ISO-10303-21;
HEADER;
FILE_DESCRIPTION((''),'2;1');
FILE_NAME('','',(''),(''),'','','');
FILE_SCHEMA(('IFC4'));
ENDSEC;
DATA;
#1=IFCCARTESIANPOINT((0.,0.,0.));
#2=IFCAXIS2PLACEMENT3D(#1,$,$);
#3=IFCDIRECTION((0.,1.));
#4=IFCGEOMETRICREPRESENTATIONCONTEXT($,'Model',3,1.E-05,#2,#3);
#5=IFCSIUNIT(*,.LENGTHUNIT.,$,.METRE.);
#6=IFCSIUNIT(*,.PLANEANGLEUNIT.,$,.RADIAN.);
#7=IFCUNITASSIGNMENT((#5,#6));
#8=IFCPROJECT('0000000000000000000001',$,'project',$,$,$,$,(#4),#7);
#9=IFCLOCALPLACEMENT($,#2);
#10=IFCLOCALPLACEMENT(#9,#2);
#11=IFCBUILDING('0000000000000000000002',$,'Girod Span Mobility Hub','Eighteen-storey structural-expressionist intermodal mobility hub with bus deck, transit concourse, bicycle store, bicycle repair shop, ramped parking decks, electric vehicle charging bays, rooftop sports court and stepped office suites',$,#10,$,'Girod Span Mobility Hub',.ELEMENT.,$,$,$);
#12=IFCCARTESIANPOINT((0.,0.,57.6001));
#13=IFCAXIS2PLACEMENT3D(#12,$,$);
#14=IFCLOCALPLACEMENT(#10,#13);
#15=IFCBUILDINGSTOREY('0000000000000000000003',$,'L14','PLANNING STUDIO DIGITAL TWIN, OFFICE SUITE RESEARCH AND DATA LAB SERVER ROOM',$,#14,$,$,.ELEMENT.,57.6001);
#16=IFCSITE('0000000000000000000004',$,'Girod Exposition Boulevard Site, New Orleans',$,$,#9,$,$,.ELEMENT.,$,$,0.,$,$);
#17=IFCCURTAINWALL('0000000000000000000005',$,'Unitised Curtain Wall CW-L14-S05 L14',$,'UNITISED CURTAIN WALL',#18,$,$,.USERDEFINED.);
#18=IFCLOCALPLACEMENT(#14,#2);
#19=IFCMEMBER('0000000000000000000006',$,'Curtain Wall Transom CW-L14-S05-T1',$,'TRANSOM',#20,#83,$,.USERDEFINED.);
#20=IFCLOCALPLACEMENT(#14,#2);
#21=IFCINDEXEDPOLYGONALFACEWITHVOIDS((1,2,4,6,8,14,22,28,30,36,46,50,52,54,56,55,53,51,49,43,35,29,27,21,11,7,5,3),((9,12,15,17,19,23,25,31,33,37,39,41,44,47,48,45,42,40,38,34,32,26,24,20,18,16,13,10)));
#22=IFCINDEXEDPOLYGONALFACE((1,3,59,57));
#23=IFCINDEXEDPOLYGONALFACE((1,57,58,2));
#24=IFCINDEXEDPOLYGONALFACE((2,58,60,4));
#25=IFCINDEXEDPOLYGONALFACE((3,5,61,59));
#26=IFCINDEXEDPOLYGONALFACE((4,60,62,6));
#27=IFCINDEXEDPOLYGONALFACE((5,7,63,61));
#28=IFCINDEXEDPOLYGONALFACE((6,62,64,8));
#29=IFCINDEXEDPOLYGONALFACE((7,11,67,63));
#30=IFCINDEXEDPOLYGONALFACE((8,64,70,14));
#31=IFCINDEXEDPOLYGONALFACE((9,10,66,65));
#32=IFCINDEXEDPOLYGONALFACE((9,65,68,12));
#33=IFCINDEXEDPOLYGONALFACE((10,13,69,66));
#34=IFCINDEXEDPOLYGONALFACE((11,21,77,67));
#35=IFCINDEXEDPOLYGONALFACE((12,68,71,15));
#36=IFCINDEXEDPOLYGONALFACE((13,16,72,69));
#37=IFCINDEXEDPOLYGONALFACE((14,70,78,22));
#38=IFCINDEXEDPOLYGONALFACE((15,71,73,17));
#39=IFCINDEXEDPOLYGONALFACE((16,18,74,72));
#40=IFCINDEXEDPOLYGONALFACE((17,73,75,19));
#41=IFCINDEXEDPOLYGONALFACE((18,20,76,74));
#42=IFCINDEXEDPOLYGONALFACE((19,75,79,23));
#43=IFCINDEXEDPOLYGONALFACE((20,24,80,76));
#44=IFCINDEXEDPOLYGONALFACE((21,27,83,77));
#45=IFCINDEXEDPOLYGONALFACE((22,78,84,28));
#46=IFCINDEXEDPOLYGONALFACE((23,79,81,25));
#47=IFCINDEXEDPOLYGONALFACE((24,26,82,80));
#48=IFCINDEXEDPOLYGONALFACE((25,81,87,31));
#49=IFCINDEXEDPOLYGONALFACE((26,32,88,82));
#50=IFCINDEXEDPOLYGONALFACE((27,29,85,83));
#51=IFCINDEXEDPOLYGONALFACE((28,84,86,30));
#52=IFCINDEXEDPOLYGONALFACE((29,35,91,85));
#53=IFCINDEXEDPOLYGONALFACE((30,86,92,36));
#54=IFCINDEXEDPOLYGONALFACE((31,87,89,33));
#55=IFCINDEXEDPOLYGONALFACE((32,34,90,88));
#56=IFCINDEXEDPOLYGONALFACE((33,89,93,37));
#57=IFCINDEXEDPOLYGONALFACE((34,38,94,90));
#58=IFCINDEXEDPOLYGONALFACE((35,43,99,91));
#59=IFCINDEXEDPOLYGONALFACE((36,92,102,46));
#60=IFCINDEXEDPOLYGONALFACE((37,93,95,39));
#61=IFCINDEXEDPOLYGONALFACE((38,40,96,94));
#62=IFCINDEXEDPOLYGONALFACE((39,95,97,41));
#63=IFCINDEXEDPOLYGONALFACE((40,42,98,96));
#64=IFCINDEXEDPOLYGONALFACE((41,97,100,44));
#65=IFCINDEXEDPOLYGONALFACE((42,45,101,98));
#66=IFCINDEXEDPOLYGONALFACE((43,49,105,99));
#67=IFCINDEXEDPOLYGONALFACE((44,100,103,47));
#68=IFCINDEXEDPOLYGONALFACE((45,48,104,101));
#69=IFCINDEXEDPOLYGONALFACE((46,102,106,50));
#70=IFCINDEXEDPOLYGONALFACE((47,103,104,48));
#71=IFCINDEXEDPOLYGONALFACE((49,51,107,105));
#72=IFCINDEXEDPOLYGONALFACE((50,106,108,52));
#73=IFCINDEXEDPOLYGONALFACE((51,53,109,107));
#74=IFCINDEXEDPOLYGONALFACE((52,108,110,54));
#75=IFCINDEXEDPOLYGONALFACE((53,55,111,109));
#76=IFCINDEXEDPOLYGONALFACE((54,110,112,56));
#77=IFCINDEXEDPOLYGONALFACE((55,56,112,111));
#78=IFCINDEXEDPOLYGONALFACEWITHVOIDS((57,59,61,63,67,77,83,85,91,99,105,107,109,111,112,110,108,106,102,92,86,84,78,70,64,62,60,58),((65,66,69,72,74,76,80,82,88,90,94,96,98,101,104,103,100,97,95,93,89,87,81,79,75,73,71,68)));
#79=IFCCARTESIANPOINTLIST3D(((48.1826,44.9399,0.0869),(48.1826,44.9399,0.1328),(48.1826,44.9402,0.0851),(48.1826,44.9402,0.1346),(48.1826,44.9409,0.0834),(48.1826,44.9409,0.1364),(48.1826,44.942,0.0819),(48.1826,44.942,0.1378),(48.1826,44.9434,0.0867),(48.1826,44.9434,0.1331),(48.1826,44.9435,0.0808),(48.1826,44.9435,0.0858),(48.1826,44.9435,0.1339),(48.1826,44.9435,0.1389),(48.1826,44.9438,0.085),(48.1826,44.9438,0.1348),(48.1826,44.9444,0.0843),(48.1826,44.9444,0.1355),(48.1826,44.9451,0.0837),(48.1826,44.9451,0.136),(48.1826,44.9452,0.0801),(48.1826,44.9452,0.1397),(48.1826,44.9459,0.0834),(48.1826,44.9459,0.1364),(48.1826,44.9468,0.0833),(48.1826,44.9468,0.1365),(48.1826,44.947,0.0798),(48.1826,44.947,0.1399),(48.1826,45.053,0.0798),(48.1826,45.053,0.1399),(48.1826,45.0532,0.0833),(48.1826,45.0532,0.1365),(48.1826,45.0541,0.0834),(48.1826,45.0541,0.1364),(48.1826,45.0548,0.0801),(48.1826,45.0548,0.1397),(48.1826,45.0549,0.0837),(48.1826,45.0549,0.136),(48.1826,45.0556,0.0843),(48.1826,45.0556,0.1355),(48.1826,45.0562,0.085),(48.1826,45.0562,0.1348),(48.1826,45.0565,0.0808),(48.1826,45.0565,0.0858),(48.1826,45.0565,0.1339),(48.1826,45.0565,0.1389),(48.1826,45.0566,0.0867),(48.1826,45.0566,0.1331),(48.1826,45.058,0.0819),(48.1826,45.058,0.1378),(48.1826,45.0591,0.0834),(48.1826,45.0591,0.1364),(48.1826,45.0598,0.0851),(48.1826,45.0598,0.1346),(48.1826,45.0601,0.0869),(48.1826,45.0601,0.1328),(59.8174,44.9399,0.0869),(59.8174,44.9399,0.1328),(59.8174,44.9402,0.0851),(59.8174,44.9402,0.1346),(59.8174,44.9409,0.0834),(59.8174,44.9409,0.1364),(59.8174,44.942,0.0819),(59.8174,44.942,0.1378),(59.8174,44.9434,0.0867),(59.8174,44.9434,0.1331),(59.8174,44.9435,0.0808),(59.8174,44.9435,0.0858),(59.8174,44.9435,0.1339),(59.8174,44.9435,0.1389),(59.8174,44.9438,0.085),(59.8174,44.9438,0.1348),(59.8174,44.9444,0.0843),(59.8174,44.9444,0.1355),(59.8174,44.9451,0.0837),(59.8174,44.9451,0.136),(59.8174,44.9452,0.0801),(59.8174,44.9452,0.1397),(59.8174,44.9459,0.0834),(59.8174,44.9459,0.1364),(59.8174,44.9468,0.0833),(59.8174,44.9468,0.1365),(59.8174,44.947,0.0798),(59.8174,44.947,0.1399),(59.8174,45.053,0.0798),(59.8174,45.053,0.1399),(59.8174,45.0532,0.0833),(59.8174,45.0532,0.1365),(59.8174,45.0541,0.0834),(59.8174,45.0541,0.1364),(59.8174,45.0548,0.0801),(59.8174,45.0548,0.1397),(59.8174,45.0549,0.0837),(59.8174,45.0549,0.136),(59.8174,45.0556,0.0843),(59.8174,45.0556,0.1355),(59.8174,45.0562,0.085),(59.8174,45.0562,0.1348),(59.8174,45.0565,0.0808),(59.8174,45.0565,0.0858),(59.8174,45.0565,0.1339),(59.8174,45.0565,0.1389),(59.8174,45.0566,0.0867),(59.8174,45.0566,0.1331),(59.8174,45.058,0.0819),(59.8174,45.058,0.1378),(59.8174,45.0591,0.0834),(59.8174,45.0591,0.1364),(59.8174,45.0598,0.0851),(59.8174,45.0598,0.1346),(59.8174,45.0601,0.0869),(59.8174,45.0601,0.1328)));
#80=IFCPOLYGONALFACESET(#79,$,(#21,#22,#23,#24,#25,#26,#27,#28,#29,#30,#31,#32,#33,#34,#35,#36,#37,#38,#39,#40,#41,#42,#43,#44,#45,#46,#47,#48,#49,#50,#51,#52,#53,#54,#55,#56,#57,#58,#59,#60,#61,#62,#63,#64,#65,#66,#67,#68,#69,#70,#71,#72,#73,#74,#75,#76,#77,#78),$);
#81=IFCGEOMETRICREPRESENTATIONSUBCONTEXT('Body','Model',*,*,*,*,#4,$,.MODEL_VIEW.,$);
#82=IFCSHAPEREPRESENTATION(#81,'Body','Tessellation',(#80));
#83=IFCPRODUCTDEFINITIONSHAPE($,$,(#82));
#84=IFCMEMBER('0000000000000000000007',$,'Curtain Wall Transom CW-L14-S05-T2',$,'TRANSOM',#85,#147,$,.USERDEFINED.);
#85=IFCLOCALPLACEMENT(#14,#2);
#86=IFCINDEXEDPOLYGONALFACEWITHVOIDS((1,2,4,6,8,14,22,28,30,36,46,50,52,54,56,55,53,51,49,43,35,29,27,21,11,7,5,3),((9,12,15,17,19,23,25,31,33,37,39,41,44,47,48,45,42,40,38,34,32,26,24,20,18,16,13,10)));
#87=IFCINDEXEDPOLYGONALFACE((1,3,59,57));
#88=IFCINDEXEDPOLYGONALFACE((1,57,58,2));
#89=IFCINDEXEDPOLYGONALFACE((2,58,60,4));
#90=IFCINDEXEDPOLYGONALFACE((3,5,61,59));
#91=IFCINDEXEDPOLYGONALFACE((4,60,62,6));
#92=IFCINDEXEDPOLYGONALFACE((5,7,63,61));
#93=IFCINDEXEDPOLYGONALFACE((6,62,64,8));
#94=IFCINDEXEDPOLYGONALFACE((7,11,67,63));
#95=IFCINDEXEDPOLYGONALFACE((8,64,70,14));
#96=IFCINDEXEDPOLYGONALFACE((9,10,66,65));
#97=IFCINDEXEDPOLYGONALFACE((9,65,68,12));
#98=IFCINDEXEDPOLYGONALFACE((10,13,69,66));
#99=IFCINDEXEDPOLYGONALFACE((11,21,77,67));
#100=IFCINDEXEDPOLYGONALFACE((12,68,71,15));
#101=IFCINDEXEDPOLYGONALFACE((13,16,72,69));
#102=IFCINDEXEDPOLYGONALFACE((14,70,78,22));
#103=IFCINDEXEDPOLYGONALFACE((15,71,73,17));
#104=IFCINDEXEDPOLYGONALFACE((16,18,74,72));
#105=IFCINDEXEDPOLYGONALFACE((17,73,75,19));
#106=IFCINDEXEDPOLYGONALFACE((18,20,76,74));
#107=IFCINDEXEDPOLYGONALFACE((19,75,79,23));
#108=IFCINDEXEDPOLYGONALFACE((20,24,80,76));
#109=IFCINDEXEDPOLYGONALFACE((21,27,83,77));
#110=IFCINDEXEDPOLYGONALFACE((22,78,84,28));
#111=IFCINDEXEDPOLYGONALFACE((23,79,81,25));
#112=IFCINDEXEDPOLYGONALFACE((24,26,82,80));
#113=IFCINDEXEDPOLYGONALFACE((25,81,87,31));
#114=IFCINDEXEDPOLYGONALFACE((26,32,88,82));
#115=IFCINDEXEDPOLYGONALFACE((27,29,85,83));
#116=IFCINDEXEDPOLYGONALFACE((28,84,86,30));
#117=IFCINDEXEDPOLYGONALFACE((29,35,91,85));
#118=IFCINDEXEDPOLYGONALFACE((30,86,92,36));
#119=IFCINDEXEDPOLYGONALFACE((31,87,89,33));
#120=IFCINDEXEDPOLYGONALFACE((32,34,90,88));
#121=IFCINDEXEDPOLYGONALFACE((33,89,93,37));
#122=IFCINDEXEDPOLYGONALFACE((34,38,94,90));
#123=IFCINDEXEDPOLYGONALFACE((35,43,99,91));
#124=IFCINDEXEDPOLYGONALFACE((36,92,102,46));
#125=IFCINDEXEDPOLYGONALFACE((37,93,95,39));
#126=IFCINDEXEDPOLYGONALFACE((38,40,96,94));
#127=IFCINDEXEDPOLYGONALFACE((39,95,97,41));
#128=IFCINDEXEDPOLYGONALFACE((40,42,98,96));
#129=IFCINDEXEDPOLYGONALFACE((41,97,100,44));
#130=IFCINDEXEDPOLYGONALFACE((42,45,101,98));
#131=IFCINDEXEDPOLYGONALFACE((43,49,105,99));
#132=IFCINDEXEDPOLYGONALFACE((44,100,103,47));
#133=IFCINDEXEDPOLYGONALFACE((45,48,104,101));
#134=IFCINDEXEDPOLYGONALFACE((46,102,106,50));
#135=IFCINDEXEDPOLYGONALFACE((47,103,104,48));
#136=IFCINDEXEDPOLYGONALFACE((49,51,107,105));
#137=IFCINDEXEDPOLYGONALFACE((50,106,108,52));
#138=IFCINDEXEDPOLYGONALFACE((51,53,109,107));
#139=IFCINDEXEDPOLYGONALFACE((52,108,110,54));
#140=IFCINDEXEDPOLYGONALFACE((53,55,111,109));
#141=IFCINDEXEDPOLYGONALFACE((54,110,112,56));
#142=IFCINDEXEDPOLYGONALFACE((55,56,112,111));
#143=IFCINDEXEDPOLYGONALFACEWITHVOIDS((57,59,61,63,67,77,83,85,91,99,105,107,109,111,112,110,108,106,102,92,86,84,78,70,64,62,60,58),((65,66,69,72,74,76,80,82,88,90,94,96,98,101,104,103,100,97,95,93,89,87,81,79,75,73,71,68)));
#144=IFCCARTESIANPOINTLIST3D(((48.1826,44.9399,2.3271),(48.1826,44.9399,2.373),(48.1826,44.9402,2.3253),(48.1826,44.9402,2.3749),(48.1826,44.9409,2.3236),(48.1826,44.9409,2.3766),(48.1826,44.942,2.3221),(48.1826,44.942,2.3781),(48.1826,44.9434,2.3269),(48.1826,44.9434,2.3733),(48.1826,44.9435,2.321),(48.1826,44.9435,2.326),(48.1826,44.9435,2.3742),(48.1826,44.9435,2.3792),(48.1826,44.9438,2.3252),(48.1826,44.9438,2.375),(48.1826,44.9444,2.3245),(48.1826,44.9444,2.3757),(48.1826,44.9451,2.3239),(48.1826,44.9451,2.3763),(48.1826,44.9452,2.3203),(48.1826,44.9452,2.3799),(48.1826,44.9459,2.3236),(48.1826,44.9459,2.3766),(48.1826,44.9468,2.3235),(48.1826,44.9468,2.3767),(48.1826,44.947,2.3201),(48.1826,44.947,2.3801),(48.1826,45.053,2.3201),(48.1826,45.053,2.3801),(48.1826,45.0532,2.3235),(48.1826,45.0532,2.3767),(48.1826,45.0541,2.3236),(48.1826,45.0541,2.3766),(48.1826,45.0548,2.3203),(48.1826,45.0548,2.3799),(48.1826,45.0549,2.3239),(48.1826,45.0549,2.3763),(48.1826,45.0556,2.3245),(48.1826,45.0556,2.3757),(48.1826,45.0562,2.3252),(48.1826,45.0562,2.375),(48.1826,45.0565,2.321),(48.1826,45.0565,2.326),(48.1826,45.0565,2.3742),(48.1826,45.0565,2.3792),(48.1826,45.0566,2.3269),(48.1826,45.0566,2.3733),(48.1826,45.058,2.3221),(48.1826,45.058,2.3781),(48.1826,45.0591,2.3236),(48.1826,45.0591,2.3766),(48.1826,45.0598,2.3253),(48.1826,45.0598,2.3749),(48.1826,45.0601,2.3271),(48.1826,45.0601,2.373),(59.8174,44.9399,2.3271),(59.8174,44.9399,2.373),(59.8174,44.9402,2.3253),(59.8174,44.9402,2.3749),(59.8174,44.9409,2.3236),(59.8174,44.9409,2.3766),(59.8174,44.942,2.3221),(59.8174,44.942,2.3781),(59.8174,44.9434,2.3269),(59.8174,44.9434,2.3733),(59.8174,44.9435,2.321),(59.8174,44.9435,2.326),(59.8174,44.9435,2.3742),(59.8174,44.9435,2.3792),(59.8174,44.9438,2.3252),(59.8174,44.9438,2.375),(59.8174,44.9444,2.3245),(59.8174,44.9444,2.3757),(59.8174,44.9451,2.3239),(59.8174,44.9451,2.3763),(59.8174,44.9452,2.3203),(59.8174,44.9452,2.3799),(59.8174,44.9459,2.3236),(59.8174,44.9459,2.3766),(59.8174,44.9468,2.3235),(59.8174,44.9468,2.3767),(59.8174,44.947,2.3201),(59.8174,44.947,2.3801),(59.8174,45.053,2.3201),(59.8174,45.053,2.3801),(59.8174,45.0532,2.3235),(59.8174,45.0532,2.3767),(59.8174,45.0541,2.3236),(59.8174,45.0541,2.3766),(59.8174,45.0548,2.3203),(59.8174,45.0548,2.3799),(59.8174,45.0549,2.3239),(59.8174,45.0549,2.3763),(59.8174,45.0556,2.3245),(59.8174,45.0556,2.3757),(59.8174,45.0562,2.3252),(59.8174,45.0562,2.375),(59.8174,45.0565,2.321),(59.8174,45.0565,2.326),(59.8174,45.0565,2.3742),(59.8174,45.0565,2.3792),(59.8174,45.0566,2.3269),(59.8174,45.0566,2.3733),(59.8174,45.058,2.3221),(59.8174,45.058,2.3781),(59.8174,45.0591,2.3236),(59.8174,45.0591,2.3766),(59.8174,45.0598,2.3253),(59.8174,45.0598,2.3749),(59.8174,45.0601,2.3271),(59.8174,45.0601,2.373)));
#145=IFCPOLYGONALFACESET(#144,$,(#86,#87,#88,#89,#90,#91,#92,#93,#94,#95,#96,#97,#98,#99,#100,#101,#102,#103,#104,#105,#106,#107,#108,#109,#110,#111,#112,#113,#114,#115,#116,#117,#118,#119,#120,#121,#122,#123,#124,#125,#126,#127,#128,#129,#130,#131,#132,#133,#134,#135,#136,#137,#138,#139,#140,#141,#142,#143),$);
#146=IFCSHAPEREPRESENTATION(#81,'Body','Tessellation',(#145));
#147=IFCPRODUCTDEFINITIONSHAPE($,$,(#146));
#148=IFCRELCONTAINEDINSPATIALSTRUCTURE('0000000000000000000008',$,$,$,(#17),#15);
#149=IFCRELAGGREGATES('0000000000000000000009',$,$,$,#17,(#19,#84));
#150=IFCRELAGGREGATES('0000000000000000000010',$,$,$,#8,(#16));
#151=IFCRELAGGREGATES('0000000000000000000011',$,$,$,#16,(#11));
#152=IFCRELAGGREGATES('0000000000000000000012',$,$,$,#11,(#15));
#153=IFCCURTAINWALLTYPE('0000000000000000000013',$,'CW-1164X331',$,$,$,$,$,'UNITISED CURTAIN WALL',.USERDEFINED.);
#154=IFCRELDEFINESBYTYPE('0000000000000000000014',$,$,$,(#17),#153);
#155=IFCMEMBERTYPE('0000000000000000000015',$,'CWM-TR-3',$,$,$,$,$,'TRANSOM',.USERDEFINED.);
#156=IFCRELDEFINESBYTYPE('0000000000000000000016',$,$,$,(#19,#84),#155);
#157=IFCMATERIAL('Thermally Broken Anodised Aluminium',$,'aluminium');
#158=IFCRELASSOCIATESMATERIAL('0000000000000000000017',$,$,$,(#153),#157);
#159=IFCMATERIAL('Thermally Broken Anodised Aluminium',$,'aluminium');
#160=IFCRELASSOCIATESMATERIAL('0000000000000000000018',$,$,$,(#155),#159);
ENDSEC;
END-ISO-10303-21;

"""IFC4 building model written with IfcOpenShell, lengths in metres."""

from ifc_helpers import new_model, si_unit, direction, frame, origin, origin_2d, place, context, subcontext, project, spatial, hollow_rectangle, extrude, material, material_profile, profile_set, type_object, element, aggregate, save


model = new_model("IFC4")

# Units and contexts
model_context = context("Model", 3, precision=1e-05, world=origin(), true_north=direction((0.0, 1.0)))
body_context = subcontext(model_context, "Body", "Model", "MODEL_VIEW")
ifc_project = project(units=[si_unit("LENGTHUNIT", "METRE"), si_unit("PLANEANGLEUNIT", "RADIAN")], contexts=[model_context])

# Site, building, storey
site_placement = place(None, origin())
site = spatial("IfcSite", under=ifc_project, at=site_placement, Name="Girod Exposition Boulevard Site, New Orleans", CompositionType="ELEMENT", RefElevation=0.0)
building_placement = place(site_placement, origin())
building = spatial("IfcBuilding", under=site, at=building_placement, Name="Girod Span Mobility Hub", Description="Eighteen-storey structural-expressionist intermodal mobility hub with bus deck, transit concourse, bicycle store, bicycle repair shop, ramped parking decks, electric vehicle charging bays, rooftop sports court and stepped office suites", LongName="Girod Span Mobility Hub", CompositionType="ELEMENT")
storey_placement = place(building_placement, frame((0.0, 0.0, 57.6001)))
storey = spatial("IfcBuildingStorey", under=building, at=storey_placement, Name="L14", Description="PLANNING STUDIO DIGITAL TWIN, OFFICE SUITE RESEARCH AND DATA LAB SERVER ROOM", CompositionType="ELEMENT", Elevation=57.6001)

# Curtain wall, members
ifc_material_1 = material(Name="Thermally Broken Anodised Aluminium", Category="aluminium")
curtain_wall_type = type_object("IfcCurtainWallType", Name="CW-1164X331", ElementType="UNITISED CURTAIN WALL", PredefinedType="USERDEFINED", material=ifc_material_1)
curtain_wall_placement = place(storey_placement, origin())
curtain_wall = element("IfcCurtainWall", 1, at=curtain_wall_placement, inside=storey, type_object=curtain_wall_type, Name="Unitised Curtain Wall CW-L14-S05 L14", ObjectType="UNITISED CURTAIN WALL", PredefinedType="USERDEFINED")
ifc_material_2 = material(Name="Thermally Broken Anodised Aluminium", Category="aluminium")
ifc_material_profile_1 = material_profile(ifc_material_2, hollow_rectangle(XDim=0.1201, YDim=0.0601, WallThickness=0.0034, InnerFilletRadius=0.0034, OuterFilletRadius=0.0071, at=origin_2d()), Name="CW-TR-60X120")
ifc_profile_set_1 = profile_set([ifc_material_profile_1], Name="Thermally Broken Anodised Aluminium")
member_type_1 = type_object("IfcMemberType", Name="CWM-TR-3", ElementType="TRANSOM", PredefinedType="USERDEFINED", material=ifc_profile_set_1)
member_1_placement = place(storey_placement, frame((48.1826, 45.0, 0.1099), z_axis=(1.0, 0.0, 0.0), x_axis=(0.0, 1.0, 0.0)))
member_1 = element("IfcMember", 2, at=member_1_placement, type_object=member_type_1, Name="Curtain Wall Transom CW-L14-S05-T1", ObjectType="TRANSOM", PredefinedType="USERDEFINED", context=body_context, shape_type="SweptSolid", body=[
    extrude(hollow_rectangle(XDim=0.1201, YDim=0.0601, WallThickness=0.0034, InnerFilletRadius=0.0034, OuterFilletRadius=0.0071, at=origin_2d()), origin(), (0.0, 0.0, 1.0), 11.6348),
])
member_2_placement = place(storey_placement, frame((48.1826, 45.0, 2.3501), z_axis=(1.0, 0.0, 0.0), x_axis=(0.0, 1.0, 0.0)))
member_2 = element("IfcMember", 3, at=member_2_placement, type_object=member_type_1, Name="Curtain Wall Transom CW-L14-S05-T2", ObjectType="TRANSOM", PredefinedType="USERDEFINED", context=body_context, shape_type="SweptSolid", body=[
    extrude(hollow_rectangle(XDim=0.1201, YDim=0.0601, WallThickness=0.0034, InnerFilletRadius=0.0034, OuterFilletRadius=0.0071, at=origin_2d()), origin(), (0.0, 0.0, 1.0), 11.6348),
])
aggregate(curtain_wall, [member_1, member_2])

save(model, "model.ifc")
